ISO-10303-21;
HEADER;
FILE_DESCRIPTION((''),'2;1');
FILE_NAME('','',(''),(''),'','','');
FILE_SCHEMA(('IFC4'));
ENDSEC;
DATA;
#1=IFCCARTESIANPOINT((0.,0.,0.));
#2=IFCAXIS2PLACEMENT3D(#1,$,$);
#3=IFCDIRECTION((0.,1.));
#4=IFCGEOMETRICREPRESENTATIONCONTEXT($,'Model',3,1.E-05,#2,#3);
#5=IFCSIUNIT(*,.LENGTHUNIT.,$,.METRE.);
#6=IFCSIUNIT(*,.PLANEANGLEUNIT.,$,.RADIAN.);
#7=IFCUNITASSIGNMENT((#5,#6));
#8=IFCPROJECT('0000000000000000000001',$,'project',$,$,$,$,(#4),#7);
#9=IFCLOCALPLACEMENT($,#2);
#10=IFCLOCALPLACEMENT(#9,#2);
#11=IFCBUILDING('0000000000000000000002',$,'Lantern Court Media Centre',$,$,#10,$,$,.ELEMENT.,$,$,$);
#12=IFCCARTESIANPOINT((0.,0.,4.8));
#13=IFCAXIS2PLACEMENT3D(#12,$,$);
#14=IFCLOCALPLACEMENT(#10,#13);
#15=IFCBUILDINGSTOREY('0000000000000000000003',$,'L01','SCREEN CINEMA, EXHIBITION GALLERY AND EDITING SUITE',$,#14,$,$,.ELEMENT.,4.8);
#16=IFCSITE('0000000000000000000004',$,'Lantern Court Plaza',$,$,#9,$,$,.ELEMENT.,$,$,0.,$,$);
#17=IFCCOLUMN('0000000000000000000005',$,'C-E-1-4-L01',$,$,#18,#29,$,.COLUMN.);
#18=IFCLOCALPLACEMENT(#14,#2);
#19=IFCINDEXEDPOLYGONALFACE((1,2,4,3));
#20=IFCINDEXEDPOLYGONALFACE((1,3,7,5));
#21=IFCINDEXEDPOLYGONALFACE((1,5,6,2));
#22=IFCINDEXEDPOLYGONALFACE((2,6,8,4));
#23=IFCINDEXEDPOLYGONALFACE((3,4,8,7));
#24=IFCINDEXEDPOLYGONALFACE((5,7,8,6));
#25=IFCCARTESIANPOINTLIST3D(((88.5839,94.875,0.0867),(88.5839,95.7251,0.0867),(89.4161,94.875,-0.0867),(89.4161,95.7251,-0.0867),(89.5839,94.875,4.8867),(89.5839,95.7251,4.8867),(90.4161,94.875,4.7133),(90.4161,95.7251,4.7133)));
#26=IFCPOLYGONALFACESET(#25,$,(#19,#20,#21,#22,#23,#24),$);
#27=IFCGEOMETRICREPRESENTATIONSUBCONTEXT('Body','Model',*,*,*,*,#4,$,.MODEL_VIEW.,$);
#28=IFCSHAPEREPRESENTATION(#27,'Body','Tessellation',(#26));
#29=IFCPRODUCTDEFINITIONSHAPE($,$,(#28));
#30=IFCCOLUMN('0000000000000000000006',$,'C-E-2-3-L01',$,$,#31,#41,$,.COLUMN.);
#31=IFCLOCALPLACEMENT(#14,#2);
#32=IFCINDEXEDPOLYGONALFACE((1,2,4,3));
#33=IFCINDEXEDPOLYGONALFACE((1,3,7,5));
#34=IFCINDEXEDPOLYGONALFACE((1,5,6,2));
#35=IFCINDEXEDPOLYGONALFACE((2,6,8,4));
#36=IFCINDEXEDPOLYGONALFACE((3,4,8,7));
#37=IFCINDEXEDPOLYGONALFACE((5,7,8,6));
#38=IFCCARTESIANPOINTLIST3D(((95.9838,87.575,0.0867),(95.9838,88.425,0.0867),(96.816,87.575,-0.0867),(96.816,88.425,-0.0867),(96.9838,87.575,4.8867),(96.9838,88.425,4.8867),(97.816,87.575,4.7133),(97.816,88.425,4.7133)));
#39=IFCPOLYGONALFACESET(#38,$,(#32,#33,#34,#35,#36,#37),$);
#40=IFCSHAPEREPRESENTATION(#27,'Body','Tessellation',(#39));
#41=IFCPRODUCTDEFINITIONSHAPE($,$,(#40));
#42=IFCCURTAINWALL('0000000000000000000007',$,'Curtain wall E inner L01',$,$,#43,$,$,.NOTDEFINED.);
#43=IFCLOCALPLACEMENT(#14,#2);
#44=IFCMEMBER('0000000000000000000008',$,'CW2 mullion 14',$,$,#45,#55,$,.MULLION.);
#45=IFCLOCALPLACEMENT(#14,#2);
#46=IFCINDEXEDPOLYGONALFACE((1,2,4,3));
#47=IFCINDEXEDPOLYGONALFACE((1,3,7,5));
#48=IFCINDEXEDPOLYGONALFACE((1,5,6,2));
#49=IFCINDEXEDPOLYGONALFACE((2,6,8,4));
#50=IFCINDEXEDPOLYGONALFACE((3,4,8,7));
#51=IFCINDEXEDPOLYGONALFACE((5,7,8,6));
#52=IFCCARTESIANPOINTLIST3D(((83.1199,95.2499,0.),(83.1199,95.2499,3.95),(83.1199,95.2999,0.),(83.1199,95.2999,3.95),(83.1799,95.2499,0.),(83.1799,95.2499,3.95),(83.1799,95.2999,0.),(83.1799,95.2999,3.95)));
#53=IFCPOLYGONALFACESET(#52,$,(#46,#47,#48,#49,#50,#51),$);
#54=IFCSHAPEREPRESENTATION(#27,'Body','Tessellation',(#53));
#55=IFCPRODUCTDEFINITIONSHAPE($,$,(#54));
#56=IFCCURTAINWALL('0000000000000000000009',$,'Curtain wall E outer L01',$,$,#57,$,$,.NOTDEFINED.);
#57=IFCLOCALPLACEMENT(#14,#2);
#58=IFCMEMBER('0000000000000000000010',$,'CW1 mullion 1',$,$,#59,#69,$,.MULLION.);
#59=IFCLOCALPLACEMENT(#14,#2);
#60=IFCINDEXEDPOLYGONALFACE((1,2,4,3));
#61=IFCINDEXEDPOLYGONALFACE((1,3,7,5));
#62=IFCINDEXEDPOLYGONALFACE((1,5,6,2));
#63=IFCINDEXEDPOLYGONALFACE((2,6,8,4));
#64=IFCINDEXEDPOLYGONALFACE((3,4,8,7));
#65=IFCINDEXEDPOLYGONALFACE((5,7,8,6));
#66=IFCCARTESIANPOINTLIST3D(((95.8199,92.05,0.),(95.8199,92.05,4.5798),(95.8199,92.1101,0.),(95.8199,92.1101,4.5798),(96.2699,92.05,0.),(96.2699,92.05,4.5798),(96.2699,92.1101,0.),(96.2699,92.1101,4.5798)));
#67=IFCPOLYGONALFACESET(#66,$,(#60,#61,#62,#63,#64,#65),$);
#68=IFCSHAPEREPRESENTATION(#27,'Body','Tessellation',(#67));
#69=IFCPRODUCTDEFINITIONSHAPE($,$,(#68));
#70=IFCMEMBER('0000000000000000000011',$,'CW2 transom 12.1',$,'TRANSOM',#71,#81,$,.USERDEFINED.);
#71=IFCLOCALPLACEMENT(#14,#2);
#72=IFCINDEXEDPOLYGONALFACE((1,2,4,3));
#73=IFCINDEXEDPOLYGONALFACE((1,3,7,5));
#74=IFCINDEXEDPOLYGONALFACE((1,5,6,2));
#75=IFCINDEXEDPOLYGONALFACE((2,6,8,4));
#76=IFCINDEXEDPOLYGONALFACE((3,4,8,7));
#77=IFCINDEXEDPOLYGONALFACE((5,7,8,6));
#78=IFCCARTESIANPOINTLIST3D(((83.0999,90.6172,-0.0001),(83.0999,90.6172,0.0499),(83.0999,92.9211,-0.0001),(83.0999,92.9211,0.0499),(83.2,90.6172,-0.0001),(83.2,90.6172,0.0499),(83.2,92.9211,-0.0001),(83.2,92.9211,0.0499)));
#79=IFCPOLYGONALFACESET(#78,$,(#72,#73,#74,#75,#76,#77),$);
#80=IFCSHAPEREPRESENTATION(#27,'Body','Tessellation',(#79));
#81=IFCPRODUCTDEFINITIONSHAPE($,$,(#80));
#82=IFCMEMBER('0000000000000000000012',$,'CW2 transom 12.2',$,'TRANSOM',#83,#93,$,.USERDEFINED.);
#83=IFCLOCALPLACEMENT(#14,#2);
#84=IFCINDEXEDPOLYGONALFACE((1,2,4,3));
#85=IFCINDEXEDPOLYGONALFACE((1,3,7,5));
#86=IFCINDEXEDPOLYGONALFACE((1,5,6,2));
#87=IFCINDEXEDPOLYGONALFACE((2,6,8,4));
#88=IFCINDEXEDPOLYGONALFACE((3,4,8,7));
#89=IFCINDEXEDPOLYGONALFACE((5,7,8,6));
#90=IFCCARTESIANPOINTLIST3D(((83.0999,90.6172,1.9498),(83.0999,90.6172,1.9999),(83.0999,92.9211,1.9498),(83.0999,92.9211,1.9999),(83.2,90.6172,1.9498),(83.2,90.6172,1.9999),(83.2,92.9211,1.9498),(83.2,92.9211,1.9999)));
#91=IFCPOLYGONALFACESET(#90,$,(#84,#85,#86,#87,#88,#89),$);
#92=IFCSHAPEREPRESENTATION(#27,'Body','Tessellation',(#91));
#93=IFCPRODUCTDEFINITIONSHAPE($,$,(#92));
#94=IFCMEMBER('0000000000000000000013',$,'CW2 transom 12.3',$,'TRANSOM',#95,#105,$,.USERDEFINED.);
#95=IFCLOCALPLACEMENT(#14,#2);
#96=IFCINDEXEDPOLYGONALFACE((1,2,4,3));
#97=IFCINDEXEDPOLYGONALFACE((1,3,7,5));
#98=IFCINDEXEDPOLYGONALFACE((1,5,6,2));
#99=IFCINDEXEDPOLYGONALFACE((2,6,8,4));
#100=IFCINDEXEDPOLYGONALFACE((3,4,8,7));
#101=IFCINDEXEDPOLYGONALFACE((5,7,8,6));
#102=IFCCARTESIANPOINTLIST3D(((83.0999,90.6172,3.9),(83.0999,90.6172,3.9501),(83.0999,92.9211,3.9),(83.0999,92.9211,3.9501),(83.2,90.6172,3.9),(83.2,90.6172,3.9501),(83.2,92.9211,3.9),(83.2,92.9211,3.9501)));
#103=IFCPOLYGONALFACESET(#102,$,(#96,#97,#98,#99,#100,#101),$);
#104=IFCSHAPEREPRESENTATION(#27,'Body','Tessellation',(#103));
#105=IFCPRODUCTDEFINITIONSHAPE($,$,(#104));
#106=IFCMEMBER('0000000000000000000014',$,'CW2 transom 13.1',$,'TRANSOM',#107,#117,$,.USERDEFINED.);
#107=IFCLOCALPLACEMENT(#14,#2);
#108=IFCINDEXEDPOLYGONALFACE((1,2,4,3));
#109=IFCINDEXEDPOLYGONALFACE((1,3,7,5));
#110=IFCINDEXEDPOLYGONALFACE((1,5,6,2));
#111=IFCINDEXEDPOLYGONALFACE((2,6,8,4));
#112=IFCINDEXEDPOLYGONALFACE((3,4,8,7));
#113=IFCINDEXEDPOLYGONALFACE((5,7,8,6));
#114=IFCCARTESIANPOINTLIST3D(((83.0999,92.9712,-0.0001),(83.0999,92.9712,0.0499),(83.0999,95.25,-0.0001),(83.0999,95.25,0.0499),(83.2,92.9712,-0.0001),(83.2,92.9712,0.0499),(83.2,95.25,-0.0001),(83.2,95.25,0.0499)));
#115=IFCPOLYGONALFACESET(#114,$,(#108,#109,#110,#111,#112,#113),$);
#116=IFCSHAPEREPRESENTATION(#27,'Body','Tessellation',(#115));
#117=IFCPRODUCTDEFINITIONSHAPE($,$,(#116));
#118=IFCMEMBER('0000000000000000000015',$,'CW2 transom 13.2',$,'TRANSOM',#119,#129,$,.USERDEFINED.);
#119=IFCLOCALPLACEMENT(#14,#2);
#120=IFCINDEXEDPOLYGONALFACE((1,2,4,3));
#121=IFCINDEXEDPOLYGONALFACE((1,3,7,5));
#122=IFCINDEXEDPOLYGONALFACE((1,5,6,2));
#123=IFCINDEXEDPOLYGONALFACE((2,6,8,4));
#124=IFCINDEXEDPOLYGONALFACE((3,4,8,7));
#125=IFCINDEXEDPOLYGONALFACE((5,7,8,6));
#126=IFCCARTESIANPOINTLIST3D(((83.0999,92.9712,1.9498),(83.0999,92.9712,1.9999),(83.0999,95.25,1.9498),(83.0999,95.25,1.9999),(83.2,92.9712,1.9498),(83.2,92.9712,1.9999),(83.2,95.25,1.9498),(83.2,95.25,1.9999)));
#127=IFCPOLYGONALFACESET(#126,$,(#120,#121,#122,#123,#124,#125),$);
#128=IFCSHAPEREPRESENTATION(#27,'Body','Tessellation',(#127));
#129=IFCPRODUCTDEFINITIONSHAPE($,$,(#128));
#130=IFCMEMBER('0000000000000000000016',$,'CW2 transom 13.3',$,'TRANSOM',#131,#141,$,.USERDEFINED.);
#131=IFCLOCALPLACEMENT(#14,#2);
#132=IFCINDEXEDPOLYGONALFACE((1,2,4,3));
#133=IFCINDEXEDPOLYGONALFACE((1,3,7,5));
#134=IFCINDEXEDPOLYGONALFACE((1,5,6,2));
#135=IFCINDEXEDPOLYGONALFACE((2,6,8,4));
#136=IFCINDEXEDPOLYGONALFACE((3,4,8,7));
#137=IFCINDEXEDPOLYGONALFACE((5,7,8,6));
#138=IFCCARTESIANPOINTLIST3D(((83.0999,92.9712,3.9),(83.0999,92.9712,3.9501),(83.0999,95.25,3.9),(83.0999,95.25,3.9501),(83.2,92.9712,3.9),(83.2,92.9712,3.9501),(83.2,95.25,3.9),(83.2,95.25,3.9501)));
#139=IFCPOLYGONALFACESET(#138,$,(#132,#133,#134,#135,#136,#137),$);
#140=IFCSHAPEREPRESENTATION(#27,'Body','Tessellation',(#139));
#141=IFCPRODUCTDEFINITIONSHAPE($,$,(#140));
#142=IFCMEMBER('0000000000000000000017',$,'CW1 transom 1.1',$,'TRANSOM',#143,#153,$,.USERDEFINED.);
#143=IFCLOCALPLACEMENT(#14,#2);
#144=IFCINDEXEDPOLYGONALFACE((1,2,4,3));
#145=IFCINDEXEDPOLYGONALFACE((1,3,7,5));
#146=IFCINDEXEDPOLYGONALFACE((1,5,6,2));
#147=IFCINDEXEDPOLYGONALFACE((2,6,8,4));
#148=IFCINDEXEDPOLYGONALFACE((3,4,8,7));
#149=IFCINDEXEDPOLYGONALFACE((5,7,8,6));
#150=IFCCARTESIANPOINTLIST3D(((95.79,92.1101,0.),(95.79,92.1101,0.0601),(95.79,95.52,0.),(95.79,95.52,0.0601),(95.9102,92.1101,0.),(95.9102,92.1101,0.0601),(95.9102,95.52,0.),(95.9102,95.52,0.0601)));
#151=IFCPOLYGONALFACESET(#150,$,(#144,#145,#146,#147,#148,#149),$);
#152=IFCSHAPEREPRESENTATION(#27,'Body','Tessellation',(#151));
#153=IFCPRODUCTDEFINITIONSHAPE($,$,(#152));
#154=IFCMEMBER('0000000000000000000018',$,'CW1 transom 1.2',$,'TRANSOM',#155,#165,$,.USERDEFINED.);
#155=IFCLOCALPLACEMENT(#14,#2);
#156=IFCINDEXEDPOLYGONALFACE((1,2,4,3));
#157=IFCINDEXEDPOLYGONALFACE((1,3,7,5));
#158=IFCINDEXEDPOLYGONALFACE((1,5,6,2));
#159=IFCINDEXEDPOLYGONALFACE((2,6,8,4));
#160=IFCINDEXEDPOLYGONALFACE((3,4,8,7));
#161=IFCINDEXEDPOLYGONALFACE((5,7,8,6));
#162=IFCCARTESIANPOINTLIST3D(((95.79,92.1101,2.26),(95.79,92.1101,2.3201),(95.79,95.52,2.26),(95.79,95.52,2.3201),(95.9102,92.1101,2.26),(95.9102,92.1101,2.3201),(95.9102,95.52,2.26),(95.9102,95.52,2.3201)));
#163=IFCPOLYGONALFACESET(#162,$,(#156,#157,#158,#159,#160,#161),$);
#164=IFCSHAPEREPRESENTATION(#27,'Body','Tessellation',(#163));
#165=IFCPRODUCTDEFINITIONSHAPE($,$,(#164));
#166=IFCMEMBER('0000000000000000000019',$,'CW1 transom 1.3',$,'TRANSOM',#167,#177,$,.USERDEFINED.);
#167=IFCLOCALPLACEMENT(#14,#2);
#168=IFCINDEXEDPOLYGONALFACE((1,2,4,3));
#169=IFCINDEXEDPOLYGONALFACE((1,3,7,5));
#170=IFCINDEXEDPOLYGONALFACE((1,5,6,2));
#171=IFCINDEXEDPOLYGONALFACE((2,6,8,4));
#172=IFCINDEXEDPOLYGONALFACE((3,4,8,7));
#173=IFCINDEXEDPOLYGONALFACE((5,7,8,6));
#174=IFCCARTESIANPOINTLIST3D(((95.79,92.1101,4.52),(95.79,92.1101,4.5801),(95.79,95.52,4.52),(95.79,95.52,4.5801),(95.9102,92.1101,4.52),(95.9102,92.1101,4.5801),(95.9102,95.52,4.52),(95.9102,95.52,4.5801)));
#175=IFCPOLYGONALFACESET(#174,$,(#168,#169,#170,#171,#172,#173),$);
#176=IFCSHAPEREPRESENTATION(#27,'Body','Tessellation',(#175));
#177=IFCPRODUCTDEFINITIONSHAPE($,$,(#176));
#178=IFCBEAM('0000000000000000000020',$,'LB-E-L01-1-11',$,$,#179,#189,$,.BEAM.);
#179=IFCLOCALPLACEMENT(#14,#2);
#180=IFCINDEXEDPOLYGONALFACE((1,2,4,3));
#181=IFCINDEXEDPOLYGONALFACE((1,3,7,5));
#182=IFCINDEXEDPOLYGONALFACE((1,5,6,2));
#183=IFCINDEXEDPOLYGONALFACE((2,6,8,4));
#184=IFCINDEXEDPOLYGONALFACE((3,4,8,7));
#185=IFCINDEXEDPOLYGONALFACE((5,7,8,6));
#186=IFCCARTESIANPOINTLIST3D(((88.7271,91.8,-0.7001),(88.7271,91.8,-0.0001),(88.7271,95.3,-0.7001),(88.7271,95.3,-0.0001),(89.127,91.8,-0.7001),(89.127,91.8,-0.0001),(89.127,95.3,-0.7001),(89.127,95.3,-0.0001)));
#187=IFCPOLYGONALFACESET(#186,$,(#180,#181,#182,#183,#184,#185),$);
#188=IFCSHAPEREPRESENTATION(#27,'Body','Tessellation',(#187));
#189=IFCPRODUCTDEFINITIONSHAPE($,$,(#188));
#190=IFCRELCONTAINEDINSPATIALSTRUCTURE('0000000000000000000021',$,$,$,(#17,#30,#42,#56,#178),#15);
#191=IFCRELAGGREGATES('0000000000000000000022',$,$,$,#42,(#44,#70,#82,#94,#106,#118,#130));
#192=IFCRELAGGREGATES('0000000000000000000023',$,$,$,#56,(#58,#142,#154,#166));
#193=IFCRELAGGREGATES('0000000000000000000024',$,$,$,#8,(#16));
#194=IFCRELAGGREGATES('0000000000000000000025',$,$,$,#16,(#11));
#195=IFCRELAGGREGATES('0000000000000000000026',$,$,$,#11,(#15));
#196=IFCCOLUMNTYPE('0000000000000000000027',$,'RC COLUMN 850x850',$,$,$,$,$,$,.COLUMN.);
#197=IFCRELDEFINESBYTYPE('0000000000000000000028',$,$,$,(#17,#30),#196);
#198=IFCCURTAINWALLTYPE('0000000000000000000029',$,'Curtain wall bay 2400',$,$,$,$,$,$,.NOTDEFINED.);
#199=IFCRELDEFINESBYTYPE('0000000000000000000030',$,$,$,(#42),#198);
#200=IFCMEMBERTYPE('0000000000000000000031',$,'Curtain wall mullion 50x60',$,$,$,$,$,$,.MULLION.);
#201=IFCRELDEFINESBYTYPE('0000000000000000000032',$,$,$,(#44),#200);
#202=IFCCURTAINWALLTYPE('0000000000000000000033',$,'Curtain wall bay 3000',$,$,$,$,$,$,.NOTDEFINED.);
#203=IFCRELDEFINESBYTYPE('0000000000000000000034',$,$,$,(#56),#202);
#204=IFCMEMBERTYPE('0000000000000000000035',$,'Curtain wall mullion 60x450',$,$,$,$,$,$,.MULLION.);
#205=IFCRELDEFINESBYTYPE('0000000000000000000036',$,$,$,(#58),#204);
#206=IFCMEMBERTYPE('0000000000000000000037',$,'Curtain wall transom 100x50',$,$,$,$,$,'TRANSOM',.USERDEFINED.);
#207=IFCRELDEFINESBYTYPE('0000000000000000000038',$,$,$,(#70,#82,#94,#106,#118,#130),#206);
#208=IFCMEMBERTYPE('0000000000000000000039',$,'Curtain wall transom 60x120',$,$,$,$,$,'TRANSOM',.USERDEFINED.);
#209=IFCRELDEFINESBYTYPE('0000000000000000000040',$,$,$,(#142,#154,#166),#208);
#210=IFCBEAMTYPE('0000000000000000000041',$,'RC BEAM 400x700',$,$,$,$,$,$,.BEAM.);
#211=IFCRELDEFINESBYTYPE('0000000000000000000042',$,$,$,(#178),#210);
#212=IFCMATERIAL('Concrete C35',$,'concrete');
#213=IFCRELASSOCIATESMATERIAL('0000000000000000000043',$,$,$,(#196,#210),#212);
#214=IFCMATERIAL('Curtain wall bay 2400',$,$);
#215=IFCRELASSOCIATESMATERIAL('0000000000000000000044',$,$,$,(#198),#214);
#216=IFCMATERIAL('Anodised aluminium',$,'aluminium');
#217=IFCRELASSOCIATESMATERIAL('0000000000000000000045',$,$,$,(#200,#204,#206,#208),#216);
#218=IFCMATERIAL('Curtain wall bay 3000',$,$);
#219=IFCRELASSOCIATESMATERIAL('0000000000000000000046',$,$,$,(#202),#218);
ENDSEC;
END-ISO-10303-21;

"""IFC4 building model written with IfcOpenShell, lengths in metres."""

from ifc_helpers import new_model, si_unit, direction, frame, origin, origin_2d, place, context, subcontext, project, spatial, rectangle, extrude, material, material_profile, profile_set, type_object, element, aggregate, save


model = new_model("IFC4")

# Units and contexts
model_context = context("Model", 3, precision=1e-05, world=origin(), true_north=direction((0.0, 1.0)))
body_context = subcontext(model_context, "Body", "Model", "MODEL_VIEW")
ifc_project = project(units=[si_unit("LENGTHUNIT", "METRE"), si_unit("PLANEANGLEUNIT", "RADIAN")], contexts=[model_context])

# Site, building, storey
site_placement = place(None, origin())
site = spatial("IfcSite", under=ifc_project, at=site_placement, Name="Lantern Court Plaza", CompositionType="ELEMENT", RefElevation=0.0)
building_placement = place(site_placement, origin())
building = spatial("IfcBuilding", under=site, at=building_placement, Name="Lantern Court Media Centre", CompositionType="ELEMENT")
storey_placement = place(building_placement, frame((0.0, 0.0, 4.8)))
storey = spatial("IfcBuildingStorey", under=building, at=storey_placement, Name="L01", Description="SCREEN CINEMA, EXHIBITION GALLERY AND EDITING SUITE", CompositionType="ELEMENT", Elevation=4.8)

# Columns
ifc_material_1 = material(Name="Concrete C35", Category="concrete")
ifc_material_profile_1 = material_profile(ifc_material_1, rectangle(XDim=0.8501, YDim=0.8501, at=origin_2d()), Name="RC 850x850")
ifc_profile_set_1 = profile_set([ifc_material_profile_1], Name="Concrete C35")
column_type = type_object("IfcColumnType", Name="RC COLUMN 850x850", PredefinedType="COLUMN", material=ifc_profile_set_1)
for number, where, z_axis, x_axis, name in (
    (1, (89.0, 95.3, 0.0), (0.203952, 0.0, 0.978981), (0.0, 1.0, 0.0), "C-E-1-4-L01"),
    (2, (96.3999, 88.0, 0.0), (0.203952, 0.0, 0.978981), (0.0, 1.0, 0.0), "C-E-2-3-L01"),
):
    element("IfcColumn", number, at=place(storey_placement, frame(where, z_axis=z_axis, x_axis=x_axis)), inside=storey, type_object=column_type, Name=name, PredefinedType="COLUMN", context=body_context, shape_type="SweptSolid", body=[
        extrude(rectangle(XDim=0.8501, YDim=0.8501, at=origin_2d()), origin(), (0.0, 0.0, 1.0), 4.9031),
    ])

# Curtain walls, members
ifc_material_2 = material(Name="Curtain wall bay 2400")
curtain_wall_type_1 = type_object("IfcCurtainWallType", Name="Curtain wall bay 2400", PredefinedType="NOTDEFINED", material=ifc_material_2)
curtain_wall_1_placement = place(storey_placement, origin())
curtain_wall_1 = element("IfcCurtainWall", 3, at=curtain_wall_1_placement, inside=storey, type_object=curtain_wall_type_1, Name="Curtain wall E inner L01", PredefinedType="NOTDEFINED")
ifc_material_3 = material(Name="Anodised aluminium", Category="aluminium")
ifc_material_profile_2 = material_profile(ifc_material_3, rectangle(XDim=0.0601, YDim=0.05, at=origin_2d()), Name="AL 50x60")
ifc_profile_set_2 = profile_set([ifc_material_profile_2], Name="Anodised aluminium")
member_type_1 = type_object("IfcMemberType", Name="Curtain wall mullion 50x60", PredefinedType="MULLION", material=ifc_profile_set_2)
member_1_placement = place(storey_placement, frame((83.1499, 95.2749, 0.0), z_axis=(0.0, 0.0, 1.0), x_axis=(-1.0, 0.0, 0.0)))
member_1 = element("IfcMember", 4, at=member_1_placement, type_object=member_type_1, Name="CW2 mullion 14", PredefinedType="MULLION", context=body_context, shape_type="SweptSolid", body=[
    extrude(rectangle(XDim=0.0601, YDim=0.05, at=origin_2d()), origin(), (0.0, 0.0, 1.0), 3.95),
])
ifc_material_4 = material(Name="Curtain wall bay 3000")
curtain_wall_type_2 = type_object("IfcCurtainWallType", Name="Curtain wall bay 3000", PredefinedType="NOTDEFINED", material=ifc_material_4)
curtain_wall_2_placement = place(storey_placement, origin())
curtain_wall_2 = element("IfcCurtainWall", 5, at=curtain_wall_2_placement, inside=storey, type_object=curtain_wall_type_2, Name="Curtain wall E outer L01", PredefinedType="NOTDEFINED")
ifc_material_profile_3 = material_profile(ifc_material_3, rectangle(XDim=0.45, YDim=0.0601, at=origin_2d()), Name="AL 60x450")
ifc_profile_set_3 = profile_set([ifc_material_profile_3], Name="Anodised aluminium")
member_type_2 = type_object("IfcMemberType", Name="Curtain wall mullion 60x450", PredefinedType="MULLION", material=ifc_profile_set_3)
member_2_placement = place(storey_placement, frame((96.0449, 92.0801, 0.0), z_axis=(0.0, 0.0, 1.0), x_axis=(-1.0, 0.0, 0.0)))
member_2 = element("IfcMember", 6, at=member_2_placement, type_object=member_type_2, Name="CW1 mullion 1", PredefinedType="MULLION", context=body_context, shape_type="SweptSolid", body=[
    extrude(rectangle(XDim=0.45, YDim=0.0601, at=origin_2d()), origin(), (0.0, 0.0, 1.0), 4.5798),
])

# Members
ifc_material_profile_4 = material_profile(ifc_material_3, rectangle(XDim=0.1001, YDim=0.05, at=origin_2d()), Name="AL 50x100")
ifc_profile_set_4 = profile_set([ifc_material_profile_4], Name="Anodised aluminium")
member_type_3 = type_object("IfcMemberType", Name="Curtain wall transom 100x50", ElementType="TRANSOM", PredefinedType="USERDEFINED", material=ifc_profile_set_4)
member_3_placement = place(storey_placement, frame((83.1499, 90.6172, 0.0249), z_axis=(0.0, 1.0, 0.0), x_axis=(-1.0, 0.0, 0.0)))
member_3 = element("IfcMember", 7, at=member_3_placement, type_object=member_type_3, Name="CW2 transom 12.1", ObjectType="TRANSOM", PredefinedType="USERDEFINED", context=body_context, shape_type="SweptSolid", body=[
    extrude(rectangle(XDim=0.1001, YDim=0.05, at=origin_2d()), origin(), (0.0, 0.0, 1.0), 2.304),
])
member_4_placement = place(storey_placement, frame((83.1499, 90.6172, 1.9749), z_axis=(0.0, 1.0, 0.0), x_axis=(-1.0, 0.0, 0.0)))
member_4 = element("IfcMember", 8, at=member_4_placement, type_object=member_type_3, Name="CW2 transom 12.2", ObjectType="TRANSOM", PredefinedType="USERDEFINED", context=body_context, shape_type="SweptSolid", body=[
    extrude(rectangle(XDim=0.1001, YDim=0.05, at=origin_2d()), origin(), (0.0, 0.0, 1.0), 2.304),
])
member_5_placement = place(storey_placement, frame((83.1499, 90.6172, 3.925), z_axis=(0.0, 1.0, 0.0), x_axis=(-1.0, 0.0, 0.0)))
member_5 = element("IfcMember", 9, at=member_5_placement, type_object=member_type_3, Name="CW2 transom 12.3", ObjectType="TRANSOM", PredefinedType="USERDEFINED", context=body_context, shape_type="SweptSolid", body=[
    extrude(rectangle(XDim=0.1001, YDim=0.05, at=origin_2d()), origin(), (0.0, 0.0, 1.0), 2.304),
])
member_6_placement = place(storey_placement, frame((83.1499, 92.9712, 0.0249), z_axis=(0.0, 1.0, 0.0), x_axis=(-1.0, 0.0, 0.0)))
member_6 = element("IfcMember", 10, at=member_6_placement, type_object=member_type_3, Name="CW2 transom 13.1", ObjectType="TRANSOM", PredefinedType="USERDEFINED", context=body_context, shape_type="SweptSolid", body=[
    extrude(rectangle(XDim=0.1001, YDim=0.05, at=origin_2d()), origin(), (0.0, 0.0, 1.0), 2.2788),
])
member_7_placement = place(storey_placement, frame((83.1499, 92.9712, 1.9749), z_axis=(0.0, 1.0, 0.0), x_axis=(-1.0, 0.0, 0.0)))
member_7 = element("IfcMember", 11, at=member_7_placement, type_object=member_type_3, Name="CW2 transom 13.2", ObjectType="TRANSOM", PredefinedType="USERDEFINED", context=body_context, shape_type="SweptSolid", body=[
    extrude(rectangle(XDim=0.1001, YDim=0.05, at=origin_2d()), origin(), (0.0, 0.0, 1.0), 2.2788),
])
member_8_placement = place(storey_placement, frame((83.1499, 92.9712, 3.925), z_axis=(0.0, 1.0, 0.0), x_axis=(-1.0, 0.0, 0.0)))
member_8 = element("IfcMember", 12, at=member_8_placement, type_object=member_type_3, Name="CW2 transom 13.3", ObjectType="TRANSOM", PredefinedType="USERDEFINED", context=body_context, shape_type="SweptSolid", body=[
    extrude(rectangle(XDim=0.1001, YDim=0.05, at=origin_2d()), origin(), (0.0, 0.0, 1.0), 2.2788),
])
ifc_material_profile_5 = material_profile(ifc_material_3, rectangle(XDim=0.1201, YDim=0.0601, at=origin_2d()), Name="AL 60x120")
ifc_profile_set_5 = profile_set([ifc_material_profile_5], Name="Anodised aluminium")
member_type_4 = type_object("IfcMemberType", Name="Curtain wall transom 60x120", ElementType="TRANSOM", PredefinedType="USERDEFINED", material=ifc_profile_set_5)
member_9_placement = place(storey_placement, frame((95.8501, 92.1101, 0.03), z_axis=(0.0, 1.0, 0.0), x_axis=(-1.0, 0.0, 0.0)))
member_9 = element("IfcMember", 13, at=member_9_placement, type_object=member_type_4, Name="CW1 transom 1.1", ObjectType="TRANSOM", PredefinedType="USERDEFINED", context=body_context, shape_type="SweptSolid", body=[
    extrude(rectangle(XDim=0.1201, YDim=0.0601, at=origin_2d()), origin(), (0.0, 0.0, 1.0), 3.4099),
])
member_10_placement = place(storey_placement, frame((95.8501, 92.1101, 2.29), z_axis=(0.0, 1.0, 0.0), x_axis=(-1.0, 0.0, 0.0)))
member_10 = element("IfcMember", 14, at=member_10_placement, type_object=member_type_4, Name="CW1 transom 1.2", ObjectType="TRANSOM", PredefinedType="USERDEFINED", context=body_context, shape_type="SweptSolid", body=[
    extrude(rectangle(XDim=0.1201, YDim=0.0601, at=origin_2d()), origin(), (0.0, 0.0, 1.0), 3.4099),
])
member_11_placement = place(storey_placement, frame((95.8501, 92.1101, 4.55), z_axis=(0.0, 1.0, 0.0), x_axis=(-1.0, 0.0, 0.0)))
member_11 = element("IfcMember", 15, at=member_11_placement, type_object=member_type_4, Name="CW1 transom 1.3", ObjectType="TRANSOM", PredefinedType="USERDEFINED", context=body_context, shape_type="SweptSolid", body=[
    extrude(rectangle(XDim=0.1201, YDim=0.0601, at=origin_2d()), origin(), (0.0, 0.0, 1.0), 3.4099),
])

# Beam
ifc_material_profile_6 = material_profile(ifc_material_1, rectangle(XDim=0.3999, YDim=0.7, at=origin_2d()), Name="RC 400x700")
ifc_profile_set_6 = profile_set([ifc_material_profile_6], Name="Concrete C35")
beam_type_1 = type_object("IfcBeamType", Name="RC BEAM 400x700", PredefinedType="BEAM", material=ifc_profile_set_6)
beam_1_placement = place(storey_placement, frame((88.927, 91.8, -0.3501), z_axis=(0.0, 1.0, 0.0), x_axis=(-1.0, 0.0, 0.0)))
element("IfcBeam", 16, at=beam_1_placement, inside=storey, type_object=beam_type_1, Name="LB-E-L01-1-11", PredefinedType="BEAM", context=body_context, shape_type="SweptSolid", body=[
    extrude(rectangle(XDim=0.3999, YDim=0.7, at=origin_2d()), origin(), (0.0, 0.0, 1.0), 3.5),
])

aggregate(curtain_wall_1, [member_1, member_3, member_4, member_5, member_6, member_7, member_8])
aggregate(curtain_wall_2, [member_2, member_9, member_10, member_11])

save(model, "model.ifc")
